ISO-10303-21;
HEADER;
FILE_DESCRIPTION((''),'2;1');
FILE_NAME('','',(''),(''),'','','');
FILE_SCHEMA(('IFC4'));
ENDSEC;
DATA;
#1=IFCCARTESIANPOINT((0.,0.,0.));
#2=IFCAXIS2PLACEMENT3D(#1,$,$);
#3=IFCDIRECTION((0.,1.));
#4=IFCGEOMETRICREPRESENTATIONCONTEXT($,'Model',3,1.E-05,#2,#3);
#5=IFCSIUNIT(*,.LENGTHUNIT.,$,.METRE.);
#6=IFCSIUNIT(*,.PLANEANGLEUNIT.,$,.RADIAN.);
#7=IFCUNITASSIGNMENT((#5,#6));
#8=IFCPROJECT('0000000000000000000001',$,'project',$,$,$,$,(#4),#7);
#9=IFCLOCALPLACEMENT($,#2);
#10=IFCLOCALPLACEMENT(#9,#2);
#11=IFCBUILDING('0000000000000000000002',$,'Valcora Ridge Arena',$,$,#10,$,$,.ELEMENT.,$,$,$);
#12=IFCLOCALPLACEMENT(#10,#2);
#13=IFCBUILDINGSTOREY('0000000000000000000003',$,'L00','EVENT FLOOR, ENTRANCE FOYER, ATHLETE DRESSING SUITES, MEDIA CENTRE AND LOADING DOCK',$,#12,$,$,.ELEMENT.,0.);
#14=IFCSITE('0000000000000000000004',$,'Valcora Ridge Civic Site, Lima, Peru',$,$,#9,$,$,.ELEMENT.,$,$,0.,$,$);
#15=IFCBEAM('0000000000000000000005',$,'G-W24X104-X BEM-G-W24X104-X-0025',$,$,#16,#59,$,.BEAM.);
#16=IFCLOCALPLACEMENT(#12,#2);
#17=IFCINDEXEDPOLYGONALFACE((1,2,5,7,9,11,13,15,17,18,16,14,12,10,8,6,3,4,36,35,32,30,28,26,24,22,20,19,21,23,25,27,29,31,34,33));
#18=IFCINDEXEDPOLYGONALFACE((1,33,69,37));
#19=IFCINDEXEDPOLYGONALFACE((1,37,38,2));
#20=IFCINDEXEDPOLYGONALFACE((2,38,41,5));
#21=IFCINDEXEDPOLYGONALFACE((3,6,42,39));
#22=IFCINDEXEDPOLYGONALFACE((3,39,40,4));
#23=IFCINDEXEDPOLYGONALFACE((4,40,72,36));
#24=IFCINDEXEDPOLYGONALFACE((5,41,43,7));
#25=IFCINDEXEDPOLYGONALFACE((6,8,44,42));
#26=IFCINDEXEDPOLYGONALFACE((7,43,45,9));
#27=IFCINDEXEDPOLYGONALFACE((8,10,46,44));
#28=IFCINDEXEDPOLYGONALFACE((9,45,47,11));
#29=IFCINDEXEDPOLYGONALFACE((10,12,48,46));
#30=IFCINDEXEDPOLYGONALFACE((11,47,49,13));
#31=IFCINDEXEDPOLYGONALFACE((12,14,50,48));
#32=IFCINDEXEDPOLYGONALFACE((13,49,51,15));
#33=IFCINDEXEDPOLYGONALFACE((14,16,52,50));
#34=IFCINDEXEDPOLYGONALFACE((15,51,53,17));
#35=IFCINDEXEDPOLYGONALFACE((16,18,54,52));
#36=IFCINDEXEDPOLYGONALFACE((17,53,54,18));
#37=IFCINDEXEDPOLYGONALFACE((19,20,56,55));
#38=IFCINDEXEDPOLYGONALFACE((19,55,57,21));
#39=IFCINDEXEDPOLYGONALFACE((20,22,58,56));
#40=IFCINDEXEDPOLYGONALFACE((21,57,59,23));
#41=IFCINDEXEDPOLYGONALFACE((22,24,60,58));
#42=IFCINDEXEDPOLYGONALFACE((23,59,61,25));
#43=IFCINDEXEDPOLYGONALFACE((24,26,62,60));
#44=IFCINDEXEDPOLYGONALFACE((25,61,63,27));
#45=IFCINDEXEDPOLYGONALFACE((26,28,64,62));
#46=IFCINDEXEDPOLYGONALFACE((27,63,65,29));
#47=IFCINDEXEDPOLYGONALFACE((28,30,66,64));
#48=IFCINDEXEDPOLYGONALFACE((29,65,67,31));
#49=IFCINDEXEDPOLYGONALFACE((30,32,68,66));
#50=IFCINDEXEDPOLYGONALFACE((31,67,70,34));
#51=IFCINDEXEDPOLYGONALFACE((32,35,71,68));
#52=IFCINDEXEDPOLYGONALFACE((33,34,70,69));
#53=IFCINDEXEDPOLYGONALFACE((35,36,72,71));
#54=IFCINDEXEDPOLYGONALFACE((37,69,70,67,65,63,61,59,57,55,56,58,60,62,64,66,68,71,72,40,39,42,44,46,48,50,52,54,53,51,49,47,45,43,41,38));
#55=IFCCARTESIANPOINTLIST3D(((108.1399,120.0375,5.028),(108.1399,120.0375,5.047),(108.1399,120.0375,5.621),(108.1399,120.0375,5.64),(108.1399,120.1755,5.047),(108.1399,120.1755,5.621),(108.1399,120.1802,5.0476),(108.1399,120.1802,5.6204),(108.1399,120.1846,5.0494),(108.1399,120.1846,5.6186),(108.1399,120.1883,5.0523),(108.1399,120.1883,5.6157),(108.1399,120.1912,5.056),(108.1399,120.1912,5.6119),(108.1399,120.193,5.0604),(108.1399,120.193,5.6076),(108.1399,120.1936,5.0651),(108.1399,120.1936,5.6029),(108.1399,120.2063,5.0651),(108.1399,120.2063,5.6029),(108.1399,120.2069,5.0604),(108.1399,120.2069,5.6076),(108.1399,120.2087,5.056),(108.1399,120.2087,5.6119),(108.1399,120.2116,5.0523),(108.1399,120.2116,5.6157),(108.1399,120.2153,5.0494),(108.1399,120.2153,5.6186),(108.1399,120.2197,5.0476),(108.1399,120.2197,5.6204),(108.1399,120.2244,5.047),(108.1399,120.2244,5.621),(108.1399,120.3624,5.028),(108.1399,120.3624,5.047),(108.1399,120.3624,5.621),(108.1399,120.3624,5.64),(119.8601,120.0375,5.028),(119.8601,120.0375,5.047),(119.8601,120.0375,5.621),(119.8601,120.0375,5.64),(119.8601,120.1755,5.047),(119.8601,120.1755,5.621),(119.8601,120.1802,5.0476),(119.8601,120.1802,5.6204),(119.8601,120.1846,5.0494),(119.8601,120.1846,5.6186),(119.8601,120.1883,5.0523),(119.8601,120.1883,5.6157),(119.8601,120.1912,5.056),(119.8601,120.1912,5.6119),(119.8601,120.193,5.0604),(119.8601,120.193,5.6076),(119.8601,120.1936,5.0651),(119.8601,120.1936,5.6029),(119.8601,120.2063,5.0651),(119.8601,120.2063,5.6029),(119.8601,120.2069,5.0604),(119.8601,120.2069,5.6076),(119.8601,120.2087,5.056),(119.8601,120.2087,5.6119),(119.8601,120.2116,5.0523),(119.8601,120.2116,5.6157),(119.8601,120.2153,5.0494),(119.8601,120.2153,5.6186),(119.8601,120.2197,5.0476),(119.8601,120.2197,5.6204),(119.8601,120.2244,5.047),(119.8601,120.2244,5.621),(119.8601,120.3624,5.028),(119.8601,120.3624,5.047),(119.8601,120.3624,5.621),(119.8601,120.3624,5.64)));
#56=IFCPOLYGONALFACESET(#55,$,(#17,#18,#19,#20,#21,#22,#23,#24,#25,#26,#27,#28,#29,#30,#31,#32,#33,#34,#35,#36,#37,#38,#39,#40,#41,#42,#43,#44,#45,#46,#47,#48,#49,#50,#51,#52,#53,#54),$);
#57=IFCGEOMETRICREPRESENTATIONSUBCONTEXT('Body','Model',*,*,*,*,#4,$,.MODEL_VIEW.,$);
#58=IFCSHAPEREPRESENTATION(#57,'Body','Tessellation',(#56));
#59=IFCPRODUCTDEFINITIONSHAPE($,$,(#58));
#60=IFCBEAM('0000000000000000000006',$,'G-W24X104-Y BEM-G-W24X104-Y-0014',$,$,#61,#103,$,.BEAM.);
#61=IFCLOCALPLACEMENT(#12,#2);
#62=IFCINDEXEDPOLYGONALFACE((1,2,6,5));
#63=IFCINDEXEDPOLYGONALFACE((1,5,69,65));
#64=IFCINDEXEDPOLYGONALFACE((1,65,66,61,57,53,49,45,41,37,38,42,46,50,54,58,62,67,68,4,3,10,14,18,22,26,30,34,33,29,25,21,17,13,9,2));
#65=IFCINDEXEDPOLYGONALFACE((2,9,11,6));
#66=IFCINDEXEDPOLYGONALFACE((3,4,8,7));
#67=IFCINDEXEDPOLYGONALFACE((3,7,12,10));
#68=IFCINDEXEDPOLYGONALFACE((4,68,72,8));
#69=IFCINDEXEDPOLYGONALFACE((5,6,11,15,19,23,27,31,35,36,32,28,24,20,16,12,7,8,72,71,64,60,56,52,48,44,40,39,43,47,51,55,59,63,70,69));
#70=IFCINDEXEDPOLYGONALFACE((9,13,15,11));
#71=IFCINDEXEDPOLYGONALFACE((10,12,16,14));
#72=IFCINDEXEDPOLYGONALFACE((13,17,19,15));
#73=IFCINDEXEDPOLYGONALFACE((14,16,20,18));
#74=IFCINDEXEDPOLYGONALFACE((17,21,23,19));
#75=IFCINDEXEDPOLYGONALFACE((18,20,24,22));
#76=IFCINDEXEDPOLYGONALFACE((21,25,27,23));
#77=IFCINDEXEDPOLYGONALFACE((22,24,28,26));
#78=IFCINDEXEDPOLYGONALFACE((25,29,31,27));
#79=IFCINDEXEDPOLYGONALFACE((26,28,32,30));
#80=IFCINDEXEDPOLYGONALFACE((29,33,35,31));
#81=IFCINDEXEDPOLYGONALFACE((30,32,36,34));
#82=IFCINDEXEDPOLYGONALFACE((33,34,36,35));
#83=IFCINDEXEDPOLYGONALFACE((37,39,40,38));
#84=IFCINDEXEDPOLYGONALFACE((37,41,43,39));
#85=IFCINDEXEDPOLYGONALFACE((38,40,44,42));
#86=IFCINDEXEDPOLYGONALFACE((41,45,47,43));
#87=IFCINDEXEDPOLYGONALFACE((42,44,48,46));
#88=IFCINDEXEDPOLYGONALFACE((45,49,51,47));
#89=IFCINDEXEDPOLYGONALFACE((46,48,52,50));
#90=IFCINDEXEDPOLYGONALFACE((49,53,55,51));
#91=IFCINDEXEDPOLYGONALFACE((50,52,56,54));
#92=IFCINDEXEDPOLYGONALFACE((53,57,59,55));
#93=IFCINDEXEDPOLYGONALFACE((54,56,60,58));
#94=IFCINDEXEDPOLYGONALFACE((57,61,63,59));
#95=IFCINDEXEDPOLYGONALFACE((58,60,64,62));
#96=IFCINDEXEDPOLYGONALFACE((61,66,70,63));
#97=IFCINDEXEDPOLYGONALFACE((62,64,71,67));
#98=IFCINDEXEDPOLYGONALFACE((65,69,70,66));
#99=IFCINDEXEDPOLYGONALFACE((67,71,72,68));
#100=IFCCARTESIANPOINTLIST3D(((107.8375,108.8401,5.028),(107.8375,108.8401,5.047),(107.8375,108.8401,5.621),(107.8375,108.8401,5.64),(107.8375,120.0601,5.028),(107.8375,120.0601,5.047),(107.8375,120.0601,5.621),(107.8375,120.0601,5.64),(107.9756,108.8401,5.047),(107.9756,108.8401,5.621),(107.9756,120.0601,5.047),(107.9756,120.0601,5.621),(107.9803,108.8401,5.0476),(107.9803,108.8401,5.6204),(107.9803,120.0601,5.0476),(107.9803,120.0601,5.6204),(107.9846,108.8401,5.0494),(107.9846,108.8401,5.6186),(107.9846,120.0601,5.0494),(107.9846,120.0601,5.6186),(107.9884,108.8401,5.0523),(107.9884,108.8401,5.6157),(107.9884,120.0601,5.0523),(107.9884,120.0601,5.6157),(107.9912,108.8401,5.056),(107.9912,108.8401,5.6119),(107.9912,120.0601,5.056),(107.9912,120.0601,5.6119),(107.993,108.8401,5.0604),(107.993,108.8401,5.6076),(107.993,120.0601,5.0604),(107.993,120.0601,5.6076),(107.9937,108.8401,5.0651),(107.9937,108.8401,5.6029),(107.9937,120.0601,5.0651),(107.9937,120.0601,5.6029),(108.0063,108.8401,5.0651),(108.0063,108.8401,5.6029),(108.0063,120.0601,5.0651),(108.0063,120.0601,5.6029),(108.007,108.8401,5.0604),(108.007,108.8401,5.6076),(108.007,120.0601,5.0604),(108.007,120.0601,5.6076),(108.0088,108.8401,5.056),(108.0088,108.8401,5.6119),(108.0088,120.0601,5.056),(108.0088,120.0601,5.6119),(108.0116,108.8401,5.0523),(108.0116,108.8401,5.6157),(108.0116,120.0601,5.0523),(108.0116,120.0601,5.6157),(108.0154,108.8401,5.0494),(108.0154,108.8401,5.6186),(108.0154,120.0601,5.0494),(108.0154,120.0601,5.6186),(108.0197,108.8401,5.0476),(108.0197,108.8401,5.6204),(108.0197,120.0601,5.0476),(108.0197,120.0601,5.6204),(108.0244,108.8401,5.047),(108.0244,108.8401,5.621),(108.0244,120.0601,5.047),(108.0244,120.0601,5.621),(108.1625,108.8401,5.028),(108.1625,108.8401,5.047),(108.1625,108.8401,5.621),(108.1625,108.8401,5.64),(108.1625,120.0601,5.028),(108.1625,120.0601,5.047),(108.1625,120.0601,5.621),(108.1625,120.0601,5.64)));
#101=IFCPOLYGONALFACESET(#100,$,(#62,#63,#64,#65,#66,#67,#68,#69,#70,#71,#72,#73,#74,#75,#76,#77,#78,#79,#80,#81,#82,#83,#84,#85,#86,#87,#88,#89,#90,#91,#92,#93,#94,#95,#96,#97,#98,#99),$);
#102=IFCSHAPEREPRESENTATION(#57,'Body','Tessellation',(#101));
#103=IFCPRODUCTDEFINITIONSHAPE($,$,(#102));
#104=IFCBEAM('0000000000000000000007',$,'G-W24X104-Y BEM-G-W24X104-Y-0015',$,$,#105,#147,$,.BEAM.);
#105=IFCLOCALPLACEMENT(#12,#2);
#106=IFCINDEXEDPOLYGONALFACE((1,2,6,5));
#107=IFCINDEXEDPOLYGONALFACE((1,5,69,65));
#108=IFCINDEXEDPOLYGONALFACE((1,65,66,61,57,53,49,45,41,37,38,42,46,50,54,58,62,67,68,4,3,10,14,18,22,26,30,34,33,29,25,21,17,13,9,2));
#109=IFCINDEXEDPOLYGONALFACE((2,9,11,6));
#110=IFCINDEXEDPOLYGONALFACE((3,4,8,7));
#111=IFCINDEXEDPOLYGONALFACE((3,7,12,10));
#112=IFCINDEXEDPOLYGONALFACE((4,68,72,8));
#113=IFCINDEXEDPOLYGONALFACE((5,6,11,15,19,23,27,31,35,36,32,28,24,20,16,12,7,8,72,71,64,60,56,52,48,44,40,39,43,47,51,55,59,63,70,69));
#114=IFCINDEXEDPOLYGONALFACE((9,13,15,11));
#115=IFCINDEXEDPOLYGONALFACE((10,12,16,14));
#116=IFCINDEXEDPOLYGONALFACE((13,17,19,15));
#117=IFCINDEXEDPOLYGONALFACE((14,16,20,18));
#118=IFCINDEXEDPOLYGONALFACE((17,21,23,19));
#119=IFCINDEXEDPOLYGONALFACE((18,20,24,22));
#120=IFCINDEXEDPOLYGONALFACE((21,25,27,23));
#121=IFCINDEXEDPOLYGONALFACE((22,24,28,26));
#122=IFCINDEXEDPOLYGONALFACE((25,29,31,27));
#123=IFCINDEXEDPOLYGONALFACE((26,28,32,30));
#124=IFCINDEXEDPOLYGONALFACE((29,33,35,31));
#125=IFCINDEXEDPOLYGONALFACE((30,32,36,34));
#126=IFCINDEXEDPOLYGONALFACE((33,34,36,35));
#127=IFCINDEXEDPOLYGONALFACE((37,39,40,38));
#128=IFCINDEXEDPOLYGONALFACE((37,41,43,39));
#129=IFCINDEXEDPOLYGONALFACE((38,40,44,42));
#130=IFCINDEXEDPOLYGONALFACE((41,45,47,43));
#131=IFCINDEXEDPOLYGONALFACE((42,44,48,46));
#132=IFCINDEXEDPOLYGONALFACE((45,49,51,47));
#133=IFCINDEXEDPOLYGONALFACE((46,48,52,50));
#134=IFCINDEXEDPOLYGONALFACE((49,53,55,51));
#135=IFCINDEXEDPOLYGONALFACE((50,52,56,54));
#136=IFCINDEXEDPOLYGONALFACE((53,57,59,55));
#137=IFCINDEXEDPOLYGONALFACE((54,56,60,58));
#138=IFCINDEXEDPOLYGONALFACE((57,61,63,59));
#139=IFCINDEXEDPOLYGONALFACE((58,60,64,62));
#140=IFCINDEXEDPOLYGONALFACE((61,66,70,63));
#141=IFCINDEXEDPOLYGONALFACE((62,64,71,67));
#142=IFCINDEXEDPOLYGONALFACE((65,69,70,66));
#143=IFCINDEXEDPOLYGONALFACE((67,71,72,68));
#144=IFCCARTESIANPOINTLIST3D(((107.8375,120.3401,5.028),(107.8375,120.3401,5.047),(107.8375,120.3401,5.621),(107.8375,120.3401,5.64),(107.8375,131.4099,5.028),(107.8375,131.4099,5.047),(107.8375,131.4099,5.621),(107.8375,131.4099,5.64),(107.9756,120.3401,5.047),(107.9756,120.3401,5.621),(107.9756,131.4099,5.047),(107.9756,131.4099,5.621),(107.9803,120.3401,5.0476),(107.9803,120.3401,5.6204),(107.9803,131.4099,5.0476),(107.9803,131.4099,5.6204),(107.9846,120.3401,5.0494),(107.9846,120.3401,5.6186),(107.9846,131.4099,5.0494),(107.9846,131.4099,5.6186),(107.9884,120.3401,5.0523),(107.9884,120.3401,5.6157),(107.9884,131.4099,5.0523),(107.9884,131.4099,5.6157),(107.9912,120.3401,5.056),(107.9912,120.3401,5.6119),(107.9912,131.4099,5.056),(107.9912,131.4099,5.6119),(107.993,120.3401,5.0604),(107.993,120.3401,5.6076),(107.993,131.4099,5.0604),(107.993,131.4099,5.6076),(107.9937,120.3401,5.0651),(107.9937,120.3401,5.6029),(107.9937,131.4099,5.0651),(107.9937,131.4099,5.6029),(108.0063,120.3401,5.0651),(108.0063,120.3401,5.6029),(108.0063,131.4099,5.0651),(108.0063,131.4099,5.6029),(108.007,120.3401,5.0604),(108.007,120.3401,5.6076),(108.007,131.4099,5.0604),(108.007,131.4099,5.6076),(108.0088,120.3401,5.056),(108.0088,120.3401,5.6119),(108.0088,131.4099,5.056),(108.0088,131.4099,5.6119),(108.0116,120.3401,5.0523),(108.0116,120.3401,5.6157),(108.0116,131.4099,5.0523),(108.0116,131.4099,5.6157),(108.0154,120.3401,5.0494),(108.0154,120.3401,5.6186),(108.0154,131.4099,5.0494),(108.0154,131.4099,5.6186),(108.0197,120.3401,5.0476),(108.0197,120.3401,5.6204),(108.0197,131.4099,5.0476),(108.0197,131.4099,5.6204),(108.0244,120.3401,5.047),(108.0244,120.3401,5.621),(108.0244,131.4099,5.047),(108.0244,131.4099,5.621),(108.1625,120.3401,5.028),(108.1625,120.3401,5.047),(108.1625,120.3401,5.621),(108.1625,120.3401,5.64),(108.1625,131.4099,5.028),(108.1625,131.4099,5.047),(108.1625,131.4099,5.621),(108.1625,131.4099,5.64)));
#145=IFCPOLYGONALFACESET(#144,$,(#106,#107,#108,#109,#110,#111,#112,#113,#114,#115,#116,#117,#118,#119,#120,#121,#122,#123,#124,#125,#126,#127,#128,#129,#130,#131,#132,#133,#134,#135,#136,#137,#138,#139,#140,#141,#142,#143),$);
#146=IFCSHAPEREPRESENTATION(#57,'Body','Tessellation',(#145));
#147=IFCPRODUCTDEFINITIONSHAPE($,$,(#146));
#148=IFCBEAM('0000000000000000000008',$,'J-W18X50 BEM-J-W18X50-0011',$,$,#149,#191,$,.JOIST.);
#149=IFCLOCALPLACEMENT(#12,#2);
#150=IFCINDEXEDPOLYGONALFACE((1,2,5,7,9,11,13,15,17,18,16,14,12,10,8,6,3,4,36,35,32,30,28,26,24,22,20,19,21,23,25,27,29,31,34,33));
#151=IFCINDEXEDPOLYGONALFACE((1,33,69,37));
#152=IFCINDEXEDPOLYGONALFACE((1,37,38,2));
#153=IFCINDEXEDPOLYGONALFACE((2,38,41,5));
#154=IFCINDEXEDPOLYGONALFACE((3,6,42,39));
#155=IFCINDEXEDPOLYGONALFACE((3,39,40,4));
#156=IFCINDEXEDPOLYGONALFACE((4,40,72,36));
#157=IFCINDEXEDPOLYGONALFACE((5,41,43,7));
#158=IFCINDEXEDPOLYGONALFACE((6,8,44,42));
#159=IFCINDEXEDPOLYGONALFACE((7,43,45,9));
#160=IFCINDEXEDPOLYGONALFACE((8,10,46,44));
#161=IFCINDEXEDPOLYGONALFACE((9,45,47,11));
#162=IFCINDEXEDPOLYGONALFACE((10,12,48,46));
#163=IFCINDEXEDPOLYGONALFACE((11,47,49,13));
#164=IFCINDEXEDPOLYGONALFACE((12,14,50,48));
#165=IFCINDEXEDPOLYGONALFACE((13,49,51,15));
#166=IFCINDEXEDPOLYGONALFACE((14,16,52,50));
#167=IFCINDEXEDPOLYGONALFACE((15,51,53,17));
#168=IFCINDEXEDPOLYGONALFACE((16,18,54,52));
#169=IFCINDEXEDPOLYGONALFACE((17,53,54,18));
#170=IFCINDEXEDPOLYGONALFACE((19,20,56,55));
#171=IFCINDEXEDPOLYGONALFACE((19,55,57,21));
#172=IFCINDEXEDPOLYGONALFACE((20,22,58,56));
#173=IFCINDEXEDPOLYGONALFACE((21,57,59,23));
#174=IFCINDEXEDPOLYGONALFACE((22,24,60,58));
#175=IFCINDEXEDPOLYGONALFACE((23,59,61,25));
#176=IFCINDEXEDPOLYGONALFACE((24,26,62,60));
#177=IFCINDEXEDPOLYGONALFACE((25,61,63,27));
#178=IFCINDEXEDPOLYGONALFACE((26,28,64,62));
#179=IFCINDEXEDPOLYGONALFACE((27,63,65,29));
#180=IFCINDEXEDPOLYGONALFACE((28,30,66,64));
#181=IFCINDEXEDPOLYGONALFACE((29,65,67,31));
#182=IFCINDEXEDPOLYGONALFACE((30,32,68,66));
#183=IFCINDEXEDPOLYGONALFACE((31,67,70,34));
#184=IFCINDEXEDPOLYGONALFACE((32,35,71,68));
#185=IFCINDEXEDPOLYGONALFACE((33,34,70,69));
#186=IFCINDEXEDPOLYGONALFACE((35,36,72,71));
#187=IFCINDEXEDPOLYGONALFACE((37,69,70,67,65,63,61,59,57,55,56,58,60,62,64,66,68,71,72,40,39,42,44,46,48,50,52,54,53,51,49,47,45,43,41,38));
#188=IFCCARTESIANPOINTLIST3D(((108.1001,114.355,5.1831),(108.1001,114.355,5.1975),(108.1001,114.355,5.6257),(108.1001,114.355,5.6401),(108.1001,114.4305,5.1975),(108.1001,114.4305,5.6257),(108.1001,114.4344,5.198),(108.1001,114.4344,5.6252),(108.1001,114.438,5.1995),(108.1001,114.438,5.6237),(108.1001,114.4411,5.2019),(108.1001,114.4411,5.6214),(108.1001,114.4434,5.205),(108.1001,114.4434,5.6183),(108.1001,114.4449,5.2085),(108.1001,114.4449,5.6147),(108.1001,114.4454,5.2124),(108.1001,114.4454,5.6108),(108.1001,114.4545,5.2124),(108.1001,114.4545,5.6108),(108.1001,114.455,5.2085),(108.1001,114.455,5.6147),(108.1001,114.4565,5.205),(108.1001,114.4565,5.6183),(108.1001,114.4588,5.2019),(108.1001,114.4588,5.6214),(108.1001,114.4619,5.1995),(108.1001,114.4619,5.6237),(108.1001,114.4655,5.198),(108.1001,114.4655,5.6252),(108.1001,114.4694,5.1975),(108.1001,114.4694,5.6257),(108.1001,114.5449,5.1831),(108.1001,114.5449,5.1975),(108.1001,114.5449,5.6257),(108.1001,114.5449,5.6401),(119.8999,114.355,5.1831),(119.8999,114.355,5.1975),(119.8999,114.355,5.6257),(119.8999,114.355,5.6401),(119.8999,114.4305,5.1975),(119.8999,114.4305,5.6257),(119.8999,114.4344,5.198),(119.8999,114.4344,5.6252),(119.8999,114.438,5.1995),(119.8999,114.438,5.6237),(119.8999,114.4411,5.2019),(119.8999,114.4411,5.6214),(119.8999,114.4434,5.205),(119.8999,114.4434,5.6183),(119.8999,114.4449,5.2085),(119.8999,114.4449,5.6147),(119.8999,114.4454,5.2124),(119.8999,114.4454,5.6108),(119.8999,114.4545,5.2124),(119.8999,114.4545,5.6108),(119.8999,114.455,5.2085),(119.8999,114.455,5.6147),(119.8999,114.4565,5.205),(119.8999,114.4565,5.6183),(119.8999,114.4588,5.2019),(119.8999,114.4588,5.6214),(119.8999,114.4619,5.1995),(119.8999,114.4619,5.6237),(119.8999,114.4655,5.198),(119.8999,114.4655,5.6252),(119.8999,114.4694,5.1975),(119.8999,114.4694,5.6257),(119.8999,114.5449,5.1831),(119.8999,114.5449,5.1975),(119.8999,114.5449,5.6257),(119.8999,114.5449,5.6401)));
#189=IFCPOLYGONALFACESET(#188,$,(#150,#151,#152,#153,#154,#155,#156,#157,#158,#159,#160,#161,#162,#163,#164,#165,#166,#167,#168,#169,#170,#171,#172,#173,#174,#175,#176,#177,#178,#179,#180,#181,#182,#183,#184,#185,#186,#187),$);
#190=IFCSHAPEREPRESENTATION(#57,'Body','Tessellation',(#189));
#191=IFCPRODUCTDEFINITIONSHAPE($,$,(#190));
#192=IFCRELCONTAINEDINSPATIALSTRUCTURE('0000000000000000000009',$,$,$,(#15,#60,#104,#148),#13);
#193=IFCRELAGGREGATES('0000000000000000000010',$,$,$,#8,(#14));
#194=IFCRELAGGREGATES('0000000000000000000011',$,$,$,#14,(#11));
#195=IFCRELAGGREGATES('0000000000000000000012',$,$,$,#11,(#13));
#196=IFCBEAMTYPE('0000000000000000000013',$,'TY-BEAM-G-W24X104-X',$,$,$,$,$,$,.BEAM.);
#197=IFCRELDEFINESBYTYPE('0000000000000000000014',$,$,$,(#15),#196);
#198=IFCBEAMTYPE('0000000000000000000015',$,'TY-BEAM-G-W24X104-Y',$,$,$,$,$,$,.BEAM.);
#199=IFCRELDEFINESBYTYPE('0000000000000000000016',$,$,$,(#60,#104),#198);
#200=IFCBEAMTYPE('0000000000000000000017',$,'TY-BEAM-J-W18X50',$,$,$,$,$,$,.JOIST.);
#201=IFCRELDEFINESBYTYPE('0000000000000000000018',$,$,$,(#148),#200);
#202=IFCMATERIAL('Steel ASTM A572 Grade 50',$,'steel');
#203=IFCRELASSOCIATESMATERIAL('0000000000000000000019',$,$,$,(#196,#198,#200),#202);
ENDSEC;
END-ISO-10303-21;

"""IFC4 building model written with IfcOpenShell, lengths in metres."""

from ifc_helpers import new_model, si_unit, direction, frame, origin, origin_2d, place, context, subcontext, project, spatial, i_section, extrude, material, material_profile, profile_set, type_object, element, save


model = new_model("IFC4")

# Units and contexts
model_context = context("Model", 3, precision=1e-05, world=origin(), true_north=direction((0.0, 1.0)))
body_context = subcontext(model_context, "Body", "Model", "MODEL_VIEW")
ifc_project = project(units=[si_unit("LENGTHUNIT", "METRE"), si_unit("PLANEANGLEUNIT", "RADIAN")], contexts=[model_context])

# Site, building, storey
site_placement = place(None, origin())
site = spatial("IfcSite", under=ifc_project, at=site_placement, Name="Valcora Ridge Civic Site, Lima, Peru", CompositionType="ELEMENT", RefElevation=0.0)
building_placement = place(site_placement, origin())
building = spatial("IfcBuilding", under=site, at=building_placement, Name="Valcora Ridge Arena", CompositionType="ELEMENT")
storey_placement = place(building_placement, origin())
storey = spatial("IfcBuildingStorey", under=building, at=storey_placement, Name="L00", Description="EVENT FLOOR, ENTRANCE FOYER, ATHLETE DRESSING SUITES, MEDIA CENTRE AND LOADING DOCK", CompositionType="ELEMENT", Elevation=0.0)

# Beams
ifc_material_1 = material(Name="Steel ASTM A572 Grade 50", Category="steel")
ifc_material_profile_1 = material_profile(ifc_material_1, i_section(OverallWidth=0.325, OverallDepth=0.6121, WebThickness=0.0127, FlangeThickness=0.019, FilletRadius=0.0181, at=origin_2d()), Name="W24X104")
ifc_profile_set_1 = profile_set([ifc_material_profile_1], Name="Steel ASTM A572 Grade 50")
beam_type_1 = type_object("IfcBeamType", Name="TY-BEAM-G-W24X104-X", PredefinedType="BEAM", material=ifc_profile_set_1)
for number, where, z_axis, x_axis, name in (
    (1, (108.1399, 120.2, 5.334), (1.0, 0.0, 0.0), (0.0, 1.0, 0.0), "G-W24X104-X BEM-G-W24X104-X-0025"),
):
    element("IfcBeam", number, at=place(storey_placement, frame(where, z_axis=z_axis, x_axis=x_axis)), inside=storey, type_object=beam_type_1, Name=name, PredefinedType="BEAM", context=body_context, shape_type="SweptSolid", body=[
        extrude(i_section(OverallWidth=0.325, OverallDepth=0.6121, WebThickness=0.0127, FlangeThickness=0.019, FilletRadius=0.0181, at=origin_2d()), origin(), (0.0, 0.0, 1.0), 11.7202),
    ])
ifc_material_profile_2 = material_profile(ifc_material_1, i_section(OverallWidth=0.325, OverallDepth=0.6121, WebThickness=0.0127, FlangeThickness=0.019, FilletRadius=0.0181, at=origin_2d()), Name="W24X104")
ifc_profile_set_2 = profile_set([ifc_material_profile_2], Name="Steel ASTM A572 Grade 50")
beam_type_2 = type_object("IfcBeamType", Name="TY-BEAM-G-W24X104-Y", PredefinedType="BEAM", material=ifc_profile_set_2)
beam_1_placement = place(storey_placement, frame((108.0, 108.8401, 5.334), z_axis=(0.0, 1.0, 0.0), x_axis=(-1.0, 0.0, 0.0)))
element("IfcBeam", 2, at=beam_1_placement, inside=storey, type_object=beam_type_2, Name="G-W24X104-Y BEM-G-W24X104-Y-0014", PredefinedType="BEAM", context=body_context, shape_type="SweptSolid", body=[
    extrude(i_section(OverallWidth=0.325, OverallDepth=0.6121, WebThickness=0.0127, FlangeThickness=0.019, FilletRadius=0.0181, at=origin_2d()), origin(), (0.0, 0.0, 1.0), 11.22),
])
beam_2_placement = place(storey_placement, frame((108.0, 120.3401, 5.334), z_axis=(0.0, 1.0, 0.0), x_axis=(-1.0, 0.0, 0.0)))
element("IfcBeam", 3, at=beam_2_placement, inside=storey, type_object=beam_type_2, Name="G-W24X104-Y BEM-G-W24X104-Y-0015", PredefinedType="BEAM", context=body_context, shape_type="SweptSolid", body=[
    extrude(i_section(OverallWidth=0.325, OverallDepth=0.6121, WebThickness=0.0127, FlangeThickness=0.019, FilletRadius=0.0181, at=origin_2d()), origin(), (0.0, 0.0, 1.0), 11.0698),
])
ifc_material_profile_3 = material_profile(ifc_material_1, i_section(OverallWidth=0.1899, OverallDepth=0.457, WebThickness=0.009, FlangeThickness=0.0144, FilletRadius=0.0149, at=origin_2d()), Name="W18X50")
ifc_profile_set_3 = profile_set([ifc_material_profile_3], Name="Steel ASTM A572 Grade 50")
beam_type_3 = type_object("IfcBeamType", Name="TY-BEAM-J-W18X50", PredefinedType="JOIST", material=ifc_profile_set_3)
beam_3_placement = place(storey_placement, frame((108.1001, 114.45, 5.4116), z_axis=(1.0, 0.0, 0.0), x_axis=(0.0, 1.0, 0.0)))
element("IfcBeam", 4, at=beam_3_placement, inside=storey, type_object=beam_type_3, Name="J-W18X50 BEM-J-W18X50-0011", PredefinedType="JOIST", context=body_context, shape_type="SweptSolid", body=[
    extrude(i_section(OverallWidth=0.1899, OverallDepth=0.457, WebThickness=0.009, FlangeThickness=0.0144, FilletRadius=0.0149, at=origin_2d()), origin(), (0.0, 0.0, 1.0), 11.7998),
])

save(model, "model.ifc")
